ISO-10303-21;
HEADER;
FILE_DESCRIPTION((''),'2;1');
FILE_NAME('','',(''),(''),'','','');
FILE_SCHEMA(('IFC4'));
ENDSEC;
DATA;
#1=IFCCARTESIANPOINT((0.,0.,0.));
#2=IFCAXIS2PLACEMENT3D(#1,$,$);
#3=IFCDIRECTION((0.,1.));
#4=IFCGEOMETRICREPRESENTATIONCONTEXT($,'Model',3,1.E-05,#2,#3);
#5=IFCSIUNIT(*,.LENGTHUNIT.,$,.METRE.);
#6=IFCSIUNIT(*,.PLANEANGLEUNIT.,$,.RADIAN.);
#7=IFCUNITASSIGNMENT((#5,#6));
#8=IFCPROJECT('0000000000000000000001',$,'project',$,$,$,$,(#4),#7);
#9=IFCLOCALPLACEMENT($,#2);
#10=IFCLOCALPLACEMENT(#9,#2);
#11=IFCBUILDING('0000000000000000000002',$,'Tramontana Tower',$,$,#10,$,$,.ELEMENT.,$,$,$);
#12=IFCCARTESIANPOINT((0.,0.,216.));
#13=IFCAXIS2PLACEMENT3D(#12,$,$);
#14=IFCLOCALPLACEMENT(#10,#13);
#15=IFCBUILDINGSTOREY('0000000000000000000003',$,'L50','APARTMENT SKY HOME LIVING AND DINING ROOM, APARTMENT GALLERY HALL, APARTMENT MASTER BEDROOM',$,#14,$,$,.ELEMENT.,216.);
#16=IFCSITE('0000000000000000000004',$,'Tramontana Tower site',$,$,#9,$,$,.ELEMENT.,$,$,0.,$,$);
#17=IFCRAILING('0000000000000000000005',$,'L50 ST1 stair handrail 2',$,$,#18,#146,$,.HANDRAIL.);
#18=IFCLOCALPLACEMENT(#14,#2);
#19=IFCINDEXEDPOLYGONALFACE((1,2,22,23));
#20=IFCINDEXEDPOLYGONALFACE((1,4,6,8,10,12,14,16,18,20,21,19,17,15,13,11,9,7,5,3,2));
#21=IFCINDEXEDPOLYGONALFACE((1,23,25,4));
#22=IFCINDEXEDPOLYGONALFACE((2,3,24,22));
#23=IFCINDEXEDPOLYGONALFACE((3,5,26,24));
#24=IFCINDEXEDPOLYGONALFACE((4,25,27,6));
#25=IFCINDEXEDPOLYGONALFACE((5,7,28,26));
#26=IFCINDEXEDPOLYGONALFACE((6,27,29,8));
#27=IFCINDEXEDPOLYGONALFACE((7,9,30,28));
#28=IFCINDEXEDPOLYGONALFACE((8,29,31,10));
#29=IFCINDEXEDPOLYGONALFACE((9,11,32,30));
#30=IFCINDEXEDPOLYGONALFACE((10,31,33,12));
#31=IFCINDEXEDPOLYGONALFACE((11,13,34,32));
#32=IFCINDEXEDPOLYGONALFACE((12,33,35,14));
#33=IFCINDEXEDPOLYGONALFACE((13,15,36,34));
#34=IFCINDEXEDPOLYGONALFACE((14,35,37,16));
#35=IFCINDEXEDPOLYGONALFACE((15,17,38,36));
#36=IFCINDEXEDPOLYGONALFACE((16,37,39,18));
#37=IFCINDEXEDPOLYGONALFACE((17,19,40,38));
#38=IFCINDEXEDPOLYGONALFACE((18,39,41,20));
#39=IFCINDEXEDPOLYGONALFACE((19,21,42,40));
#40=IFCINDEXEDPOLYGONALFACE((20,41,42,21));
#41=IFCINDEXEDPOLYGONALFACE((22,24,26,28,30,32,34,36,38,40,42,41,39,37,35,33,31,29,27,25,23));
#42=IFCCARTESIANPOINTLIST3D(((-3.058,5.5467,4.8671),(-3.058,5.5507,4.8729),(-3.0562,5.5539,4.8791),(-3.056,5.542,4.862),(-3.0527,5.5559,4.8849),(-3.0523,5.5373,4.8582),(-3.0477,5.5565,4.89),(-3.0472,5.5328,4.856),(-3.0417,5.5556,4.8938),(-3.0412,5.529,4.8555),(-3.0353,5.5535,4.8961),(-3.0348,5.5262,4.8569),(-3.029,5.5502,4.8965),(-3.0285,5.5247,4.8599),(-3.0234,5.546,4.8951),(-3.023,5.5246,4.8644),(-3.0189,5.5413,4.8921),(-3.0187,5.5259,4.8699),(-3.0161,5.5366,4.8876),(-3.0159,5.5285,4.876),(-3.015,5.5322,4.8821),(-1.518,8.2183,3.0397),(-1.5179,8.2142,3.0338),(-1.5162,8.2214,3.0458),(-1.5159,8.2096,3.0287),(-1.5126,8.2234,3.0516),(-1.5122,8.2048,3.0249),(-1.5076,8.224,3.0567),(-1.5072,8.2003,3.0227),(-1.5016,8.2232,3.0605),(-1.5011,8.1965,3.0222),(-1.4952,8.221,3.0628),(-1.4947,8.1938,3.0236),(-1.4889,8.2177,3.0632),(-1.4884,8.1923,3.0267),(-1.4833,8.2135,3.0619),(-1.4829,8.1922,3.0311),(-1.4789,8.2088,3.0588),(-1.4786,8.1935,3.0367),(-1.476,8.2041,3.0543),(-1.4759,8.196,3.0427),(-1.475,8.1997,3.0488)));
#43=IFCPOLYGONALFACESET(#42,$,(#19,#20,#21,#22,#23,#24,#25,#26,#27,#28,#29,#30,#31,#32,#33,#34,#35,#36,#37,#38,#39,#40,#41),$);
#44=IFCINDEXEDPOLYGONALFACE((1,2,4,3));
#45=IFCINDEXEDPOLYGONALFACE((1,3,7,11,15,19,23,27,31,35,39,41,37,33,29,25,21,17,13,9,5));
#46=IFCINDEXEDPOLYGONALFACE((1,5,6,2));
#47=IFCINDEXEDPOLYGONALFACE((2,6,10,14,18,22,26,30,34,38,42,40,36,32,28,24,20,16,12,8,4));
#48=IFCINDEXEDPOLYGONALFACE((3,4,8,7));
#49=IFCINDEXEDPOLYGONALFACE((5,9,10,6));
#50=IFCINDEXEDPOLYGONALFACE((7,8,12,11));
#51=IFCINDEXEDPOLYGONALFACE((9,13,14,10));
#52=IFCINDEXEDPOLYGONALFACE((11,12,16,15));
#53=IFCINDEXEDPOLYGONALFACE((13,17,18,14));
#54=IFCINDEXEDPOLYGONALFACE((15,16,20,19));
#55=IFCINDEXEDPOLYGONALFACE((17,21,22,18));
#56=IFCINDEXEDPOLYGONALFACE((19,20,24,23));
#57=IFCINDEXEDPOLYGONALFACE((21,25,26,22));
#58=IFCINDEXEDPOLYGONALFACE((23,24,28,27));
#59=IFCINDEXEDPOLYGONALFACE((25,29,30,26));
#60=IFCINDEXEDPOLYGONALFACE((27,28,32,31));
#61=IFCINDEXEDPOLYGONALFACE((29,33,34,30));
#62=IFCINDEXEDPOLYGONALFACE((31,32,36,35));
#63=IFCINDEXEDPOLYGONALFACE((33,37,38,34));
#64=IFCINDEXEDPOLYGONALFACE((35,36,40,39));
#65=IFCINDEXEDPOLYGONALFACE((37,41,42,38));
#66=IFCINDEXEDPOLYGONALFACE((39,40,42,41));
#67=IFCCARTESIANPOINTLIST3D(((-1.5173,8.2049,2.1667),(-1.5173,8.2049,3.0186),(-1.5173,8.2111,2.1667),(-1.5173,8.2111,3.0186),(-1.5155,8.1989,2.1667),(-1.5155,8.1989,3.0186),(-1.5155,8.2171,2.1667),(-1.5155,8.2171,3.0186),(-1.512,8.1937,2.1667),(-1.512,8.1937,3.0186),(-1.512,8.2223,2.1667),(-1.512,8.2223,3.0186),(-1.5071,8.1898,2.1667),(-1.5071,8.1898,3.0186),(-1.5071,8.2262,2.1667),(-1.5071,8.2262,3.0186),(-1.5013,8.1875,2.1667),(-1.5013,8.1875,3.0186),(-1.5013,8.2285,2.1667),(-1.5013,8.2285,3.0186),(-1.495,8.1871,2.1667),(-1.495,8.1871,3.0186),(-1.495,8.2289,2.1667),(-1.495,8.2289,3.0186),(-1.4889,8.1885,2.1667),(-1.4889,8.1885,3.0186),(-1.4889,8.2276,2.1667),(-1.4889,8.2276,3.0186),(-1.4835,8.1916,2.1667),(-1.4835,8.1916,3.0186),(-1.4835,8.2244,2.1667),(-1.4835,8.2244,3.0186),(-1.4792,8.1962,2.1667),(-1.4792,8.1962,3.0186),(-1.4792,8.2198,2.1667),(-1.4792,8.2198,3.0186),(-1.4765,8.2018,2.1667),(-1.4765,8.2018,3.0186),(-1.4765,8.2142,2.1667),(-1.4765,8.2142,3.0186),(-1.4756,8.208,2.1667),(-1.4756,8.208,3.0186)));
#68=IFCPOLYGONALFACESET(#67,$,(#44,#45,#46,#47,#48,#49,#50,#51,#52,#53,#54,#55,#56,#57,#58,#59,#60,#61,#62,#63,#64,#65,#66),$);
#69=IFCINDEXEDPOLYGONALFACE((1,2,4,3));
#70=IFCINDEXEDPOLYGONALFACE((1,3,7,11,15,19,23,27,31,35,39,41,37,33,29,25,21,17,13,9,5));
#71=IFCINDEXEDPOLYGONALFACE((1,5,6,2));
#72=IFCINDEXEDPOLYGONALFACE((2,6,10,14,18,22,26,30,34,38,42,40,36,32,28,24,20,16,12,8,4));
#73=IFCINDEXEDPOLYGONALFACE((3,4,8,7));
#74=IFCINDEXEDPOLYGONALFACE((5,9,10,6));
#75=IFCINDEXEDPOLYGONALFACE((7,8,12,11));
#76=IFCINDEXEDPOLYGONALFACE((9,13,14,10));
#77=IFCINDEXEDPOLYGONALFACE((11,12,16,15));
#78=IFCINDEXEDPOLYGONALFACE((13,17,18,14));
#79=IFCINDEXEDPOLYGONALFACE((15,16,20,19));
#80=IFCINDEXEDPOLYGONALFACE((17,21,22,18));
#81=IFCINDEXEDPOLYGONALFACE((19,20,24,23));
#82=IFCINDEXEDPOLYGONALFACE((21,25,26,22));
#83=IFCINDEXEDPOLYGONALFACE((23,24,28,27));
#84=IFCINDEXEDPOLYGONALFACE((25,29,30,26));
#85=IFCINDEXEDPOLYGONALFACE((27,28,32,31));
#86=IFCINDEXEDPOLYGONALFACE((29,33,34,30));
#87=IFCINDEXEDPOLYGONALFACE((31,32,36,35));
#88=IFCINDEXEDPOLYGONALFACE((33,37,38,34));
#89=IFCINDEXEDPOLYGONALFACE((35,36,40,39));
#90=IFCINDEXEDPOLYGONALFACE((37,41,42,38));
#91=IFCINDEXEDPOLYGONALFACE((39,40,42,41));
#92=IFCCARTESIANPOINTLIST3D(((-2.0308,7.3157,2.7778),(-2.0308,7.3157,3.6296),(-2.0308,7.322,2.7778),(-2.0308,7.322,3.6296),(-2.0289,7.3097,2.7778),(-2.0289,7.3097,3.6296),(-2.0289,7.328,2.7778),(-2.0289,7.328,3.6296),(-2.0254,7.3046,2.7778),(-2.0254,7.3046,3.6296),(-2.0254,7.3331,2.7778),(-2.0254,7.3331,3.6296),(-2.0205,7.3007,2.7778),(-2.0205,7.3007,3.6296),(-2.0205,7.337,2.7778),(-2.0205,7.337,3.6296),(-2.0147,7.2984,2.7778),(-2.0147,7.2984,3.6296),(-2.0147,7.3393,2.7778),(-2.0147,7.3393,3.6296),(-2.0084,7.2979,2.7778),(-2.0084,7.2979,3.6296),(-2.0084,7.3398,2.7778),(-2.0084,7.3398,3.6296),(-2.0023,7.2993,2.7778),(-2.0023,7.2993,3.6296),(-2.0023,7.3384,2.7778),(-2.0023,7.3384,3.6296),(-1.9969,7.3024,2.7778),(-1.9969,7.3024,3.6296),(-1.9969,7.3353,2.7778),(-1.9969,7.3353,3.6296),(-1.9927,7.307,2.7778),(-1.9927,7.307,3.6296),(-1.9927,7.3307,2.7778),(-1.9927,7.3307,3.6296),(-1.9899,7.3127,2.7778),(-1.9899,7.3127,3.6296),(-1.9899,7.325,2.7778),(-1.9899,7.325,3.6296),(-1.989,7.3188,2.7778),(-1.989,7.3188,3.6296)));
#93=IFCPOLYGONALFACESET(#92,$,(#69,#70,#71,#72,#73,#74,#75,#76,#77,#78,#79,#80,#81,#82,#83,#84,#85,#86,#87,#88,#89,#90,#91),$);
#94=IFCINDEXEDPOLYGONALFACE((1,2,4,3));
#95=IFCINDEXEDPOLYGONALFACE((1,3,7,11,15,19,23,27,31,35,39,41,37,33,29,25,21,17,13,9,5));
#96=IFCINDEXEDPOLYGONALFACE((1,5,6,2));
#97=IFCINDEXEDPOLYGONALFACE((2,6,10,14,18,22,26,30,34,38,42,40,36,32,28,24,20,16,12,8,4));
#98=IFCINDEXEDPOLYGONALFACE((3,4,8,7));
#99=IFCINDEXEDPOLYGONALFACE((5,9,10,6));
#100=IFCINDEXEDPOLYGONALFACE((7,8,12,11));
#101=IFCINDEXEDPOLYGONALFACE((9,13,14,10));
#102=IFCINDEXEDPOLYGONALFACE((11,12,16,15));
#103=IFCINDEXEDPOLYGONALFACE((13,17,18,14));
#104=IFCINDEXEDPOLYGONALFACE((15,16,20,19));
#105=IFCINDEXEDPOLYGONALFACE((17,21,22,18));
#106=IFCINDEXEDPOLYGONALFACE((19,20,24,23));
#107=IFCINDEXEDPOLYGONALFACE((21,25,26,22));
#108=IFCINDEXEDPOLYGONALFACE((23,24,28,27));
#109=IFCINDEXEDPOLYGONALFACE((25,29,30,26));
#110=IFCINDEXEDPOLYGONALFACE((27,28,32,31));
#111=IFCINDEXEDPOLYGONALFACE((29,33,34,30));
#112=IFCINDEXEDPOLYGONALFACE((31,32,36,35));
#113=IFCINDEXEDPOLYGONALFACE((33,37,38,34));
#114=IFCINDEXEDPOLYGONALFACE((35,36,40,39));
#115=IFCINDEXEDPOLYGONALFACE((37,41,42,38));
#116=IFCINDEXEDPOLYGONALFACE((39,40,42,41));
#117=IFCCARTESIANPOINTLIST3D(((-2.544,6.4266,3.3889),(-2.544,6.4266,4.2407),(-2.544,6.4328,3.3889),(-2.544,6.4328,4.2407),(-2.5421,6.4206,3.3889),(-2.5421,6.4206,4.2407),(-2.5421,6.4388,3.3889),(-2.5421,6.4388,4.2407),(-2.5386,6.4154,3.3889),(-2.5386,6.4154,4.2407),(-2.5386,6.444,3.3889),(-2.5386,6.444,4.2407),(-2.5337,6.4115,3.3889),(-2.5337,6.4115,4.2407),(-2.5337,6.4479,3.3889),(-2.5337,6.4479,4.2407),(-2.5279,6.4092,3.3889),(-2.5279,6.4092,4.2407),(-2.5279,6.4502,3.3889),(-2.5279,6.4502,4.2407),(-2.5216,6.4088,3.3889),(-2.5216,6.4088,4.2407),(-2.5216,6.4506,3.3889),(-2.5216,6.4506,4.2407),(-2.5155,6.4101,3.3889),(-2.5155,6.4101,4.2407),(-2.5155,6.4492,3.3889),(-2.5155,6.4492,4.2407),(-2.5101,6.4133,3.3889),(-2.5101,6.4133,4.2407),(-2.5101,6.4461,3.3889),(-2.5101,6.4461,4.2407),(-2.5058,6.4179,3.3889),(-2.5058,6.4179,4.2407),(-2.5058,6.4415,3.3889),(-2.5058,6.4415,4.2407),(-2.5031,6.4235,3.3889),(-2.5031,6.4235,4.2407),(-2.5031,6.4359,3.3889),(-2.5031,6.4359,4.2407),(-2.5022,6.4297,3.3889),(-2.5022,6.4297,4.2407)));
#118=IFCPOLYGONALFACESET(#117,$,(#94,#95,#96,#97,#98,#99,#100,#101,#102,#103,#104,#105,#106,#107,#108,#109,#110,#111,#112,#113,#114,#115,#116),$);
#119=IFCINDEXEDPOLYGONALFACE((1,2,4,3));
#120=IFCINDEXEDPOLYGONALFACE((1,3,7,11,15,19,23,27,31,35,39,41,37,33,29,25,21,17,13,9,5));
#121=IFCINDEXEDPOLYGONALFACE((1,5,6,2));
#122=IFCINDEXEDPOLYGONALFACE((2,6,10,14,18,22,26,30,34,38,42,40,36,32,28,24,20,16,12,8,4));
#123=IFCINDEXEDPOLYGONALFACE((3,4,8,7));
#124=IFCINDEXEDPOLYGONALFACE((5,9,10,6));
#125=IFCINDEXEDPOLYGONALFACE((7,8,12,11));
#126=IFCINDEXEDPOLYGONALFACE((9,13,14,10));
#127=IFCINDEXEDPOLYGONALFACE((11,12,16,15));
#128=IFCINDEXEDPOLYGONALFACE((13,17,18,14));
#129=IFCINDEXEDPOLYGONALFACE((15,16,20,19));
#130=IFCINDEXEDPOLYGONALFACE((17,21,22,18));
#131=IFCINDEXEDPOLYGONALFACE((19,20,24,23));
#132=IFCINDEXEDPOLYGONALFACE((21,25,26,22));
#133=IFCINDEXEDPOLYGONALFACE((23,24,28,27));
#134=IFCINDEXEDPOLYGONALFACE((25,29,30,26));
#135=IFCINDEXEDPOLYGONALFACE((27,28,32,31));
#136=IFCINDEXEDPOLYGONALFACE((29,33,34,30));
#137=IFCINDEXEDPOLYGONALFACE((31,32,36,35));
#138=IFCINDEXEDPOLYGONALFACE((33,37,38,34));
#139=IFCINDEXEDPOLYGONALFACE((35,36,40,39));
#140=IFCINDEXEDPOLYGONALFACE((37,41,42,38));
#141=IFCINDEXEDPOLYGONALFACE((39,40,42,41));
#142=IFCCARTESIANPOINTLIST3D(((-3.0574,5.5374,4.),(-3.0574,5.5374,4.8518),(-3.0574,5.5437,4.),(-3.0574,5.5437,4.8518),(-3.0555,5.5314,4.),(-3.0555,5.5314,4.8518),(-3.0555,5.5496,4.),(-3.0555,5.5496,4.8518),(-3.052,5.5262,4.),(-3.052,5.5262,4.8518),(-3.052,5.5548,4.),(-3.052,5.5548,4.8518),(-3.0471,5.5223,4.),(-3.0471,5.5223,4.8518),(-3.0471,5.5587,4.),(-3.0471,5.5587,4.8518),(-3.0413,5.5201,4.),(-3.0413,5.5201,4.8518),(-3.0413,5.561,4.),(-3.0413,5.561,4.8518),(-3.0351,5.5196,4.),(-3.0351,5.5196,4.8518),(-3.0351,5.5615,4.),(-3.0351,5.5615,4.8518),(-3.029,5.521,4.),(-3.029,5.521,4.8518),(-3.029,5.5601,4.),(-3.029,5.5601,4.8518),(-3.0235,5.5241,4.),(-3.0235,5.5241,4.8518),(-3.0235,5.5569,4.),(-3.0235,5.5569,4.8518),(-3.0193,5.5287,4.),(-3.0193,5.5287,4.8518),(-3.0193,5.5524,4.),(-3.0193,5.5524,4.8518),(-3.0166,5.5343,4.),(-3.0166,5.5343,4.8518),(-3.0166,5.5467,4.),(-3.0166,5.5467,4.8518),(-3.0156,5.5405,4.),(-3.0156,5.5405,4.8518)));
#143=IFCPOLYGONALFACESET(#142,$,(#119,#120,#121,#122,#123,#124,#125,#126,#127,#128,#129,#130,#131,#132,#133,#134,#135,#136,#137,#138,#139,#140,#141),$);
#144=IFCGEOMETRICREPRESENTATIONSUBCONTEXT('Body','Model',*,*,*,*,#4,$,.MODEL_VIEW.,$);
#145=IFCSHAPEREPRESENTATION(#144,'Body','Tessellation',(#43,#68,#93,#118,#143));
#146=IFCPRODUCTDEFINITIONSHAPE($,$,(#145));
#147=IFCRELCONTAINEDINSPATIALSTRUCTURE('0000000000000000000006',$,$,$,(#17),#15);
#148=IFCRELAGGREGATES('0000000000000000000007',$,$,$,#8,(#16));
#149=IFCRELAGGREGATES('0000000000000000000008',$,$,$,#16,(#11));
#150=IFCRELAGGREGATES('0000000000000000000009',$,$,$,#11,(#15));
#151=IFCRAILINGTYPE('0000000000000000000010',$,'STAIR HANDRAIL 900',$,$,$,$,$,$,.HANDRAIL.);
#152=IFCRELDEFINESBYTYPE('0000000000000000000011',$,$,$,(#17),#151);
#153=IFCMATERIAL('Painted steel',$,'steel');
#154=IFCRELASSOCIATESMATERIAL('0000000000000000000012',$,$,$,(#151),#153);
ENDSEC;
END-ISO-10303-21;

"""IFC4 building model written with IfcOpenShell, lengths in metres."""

from ifc_helpers import new_model, si_unit, direction, frame, origin, origin_2d, place, context, subcontext, project, spatial, circle, extrude, material, type_object, element, save


model = new_model("IFC4")

# Units and contexts
model_context = context("Model", 3, precision=1e-05, world=origin(), true_north=direction((0.0, 1.0)))
body_context = subcontext(model_context, "Body", "Model", "MODEL_VIEW")
ifc_project = project(units=[si_unit("LENGTHUNIT", "METRE"), si_unit("PLANEANGLEUNIT", "RADIAN")], contexts=[model_context])

# Site, building, storey
site_placement = place(None, origin())
site = spatial("IfcSite", under=ifc_project, at=site_placement, Name="Tramontana Tower site", CompositionType="ELEMENT", RefElevation=0.0)
building_placement = place(site_placement, origin())
building = spatial("IfcBuilding", under=site, at=building_placement, Name="Tramontana Tower", CompositionType="ELEMENT")
storey_placement = place(building_placement, frame((0.0, 0.0, 216.0)))
storey = spatial("IfcBuildingStorey", under=building, at=storey_placement, Name="L50", Description="APARTMENT SKY HOME LIVING AND DINING ROOM, APARTMENT GALLERY HALL, APARTMENT MASTER BEDROOM", CompositionType="ELEMENT", Elevation=216.0)

# Railing
ifc_material_1 = material(Name="Painted steel", Category="steel")
railing_type = type_object("IfcRailingType", Name="STAIR HANDRAIL 900", PredefinedType="HANDRAIL", material=ifc_material_1)
railing_placement = place(storey_placement, frame((-1.4966, 8.208, 2.1667)))
element("IfcRailing", 1, at=railing_placement, inside=storey, type_object=railing_type, Name="L50 ST1 stair handrail 2", PredefinedType="HANDRAIL", context=body_context, shape_type="SweptSolid", body=[
    extrude(circle(Radius=0.0239, at=origin_2d()), frame((0.0, 0.0, 0.876), z_axis=(-0.429649, -0.74419, 0.511452), x_axis=(0.86603, -0.499992, 0.0)), (0.0, 0.0, 1.0), 3.5845),
    extrude(circle(Radius=0.021, at=origin_2d()), origin(), (0.0, 0.0, 1.0), 0.8518),
    extrude(circle(Radius=0.021, at=origin_2d()), frame((-0.5134, -0.8892, 0.6111)), (0.0, 0.0, 1.0), 0.8518),
    extrude(circle(Radius=0.021, at=origin_2d()), frame((-1.0266, -1.7783, 1.2222)), (0.0, 0.0, 1.0), 0.8518),
    extrude(circle(Radius=0.021, at=origin_2d()), frame((-1.54, -2.6675, 1.8333)), (0.0, 0.0, 1.0), 0.8518),
])

save(model, "model.ifc")
